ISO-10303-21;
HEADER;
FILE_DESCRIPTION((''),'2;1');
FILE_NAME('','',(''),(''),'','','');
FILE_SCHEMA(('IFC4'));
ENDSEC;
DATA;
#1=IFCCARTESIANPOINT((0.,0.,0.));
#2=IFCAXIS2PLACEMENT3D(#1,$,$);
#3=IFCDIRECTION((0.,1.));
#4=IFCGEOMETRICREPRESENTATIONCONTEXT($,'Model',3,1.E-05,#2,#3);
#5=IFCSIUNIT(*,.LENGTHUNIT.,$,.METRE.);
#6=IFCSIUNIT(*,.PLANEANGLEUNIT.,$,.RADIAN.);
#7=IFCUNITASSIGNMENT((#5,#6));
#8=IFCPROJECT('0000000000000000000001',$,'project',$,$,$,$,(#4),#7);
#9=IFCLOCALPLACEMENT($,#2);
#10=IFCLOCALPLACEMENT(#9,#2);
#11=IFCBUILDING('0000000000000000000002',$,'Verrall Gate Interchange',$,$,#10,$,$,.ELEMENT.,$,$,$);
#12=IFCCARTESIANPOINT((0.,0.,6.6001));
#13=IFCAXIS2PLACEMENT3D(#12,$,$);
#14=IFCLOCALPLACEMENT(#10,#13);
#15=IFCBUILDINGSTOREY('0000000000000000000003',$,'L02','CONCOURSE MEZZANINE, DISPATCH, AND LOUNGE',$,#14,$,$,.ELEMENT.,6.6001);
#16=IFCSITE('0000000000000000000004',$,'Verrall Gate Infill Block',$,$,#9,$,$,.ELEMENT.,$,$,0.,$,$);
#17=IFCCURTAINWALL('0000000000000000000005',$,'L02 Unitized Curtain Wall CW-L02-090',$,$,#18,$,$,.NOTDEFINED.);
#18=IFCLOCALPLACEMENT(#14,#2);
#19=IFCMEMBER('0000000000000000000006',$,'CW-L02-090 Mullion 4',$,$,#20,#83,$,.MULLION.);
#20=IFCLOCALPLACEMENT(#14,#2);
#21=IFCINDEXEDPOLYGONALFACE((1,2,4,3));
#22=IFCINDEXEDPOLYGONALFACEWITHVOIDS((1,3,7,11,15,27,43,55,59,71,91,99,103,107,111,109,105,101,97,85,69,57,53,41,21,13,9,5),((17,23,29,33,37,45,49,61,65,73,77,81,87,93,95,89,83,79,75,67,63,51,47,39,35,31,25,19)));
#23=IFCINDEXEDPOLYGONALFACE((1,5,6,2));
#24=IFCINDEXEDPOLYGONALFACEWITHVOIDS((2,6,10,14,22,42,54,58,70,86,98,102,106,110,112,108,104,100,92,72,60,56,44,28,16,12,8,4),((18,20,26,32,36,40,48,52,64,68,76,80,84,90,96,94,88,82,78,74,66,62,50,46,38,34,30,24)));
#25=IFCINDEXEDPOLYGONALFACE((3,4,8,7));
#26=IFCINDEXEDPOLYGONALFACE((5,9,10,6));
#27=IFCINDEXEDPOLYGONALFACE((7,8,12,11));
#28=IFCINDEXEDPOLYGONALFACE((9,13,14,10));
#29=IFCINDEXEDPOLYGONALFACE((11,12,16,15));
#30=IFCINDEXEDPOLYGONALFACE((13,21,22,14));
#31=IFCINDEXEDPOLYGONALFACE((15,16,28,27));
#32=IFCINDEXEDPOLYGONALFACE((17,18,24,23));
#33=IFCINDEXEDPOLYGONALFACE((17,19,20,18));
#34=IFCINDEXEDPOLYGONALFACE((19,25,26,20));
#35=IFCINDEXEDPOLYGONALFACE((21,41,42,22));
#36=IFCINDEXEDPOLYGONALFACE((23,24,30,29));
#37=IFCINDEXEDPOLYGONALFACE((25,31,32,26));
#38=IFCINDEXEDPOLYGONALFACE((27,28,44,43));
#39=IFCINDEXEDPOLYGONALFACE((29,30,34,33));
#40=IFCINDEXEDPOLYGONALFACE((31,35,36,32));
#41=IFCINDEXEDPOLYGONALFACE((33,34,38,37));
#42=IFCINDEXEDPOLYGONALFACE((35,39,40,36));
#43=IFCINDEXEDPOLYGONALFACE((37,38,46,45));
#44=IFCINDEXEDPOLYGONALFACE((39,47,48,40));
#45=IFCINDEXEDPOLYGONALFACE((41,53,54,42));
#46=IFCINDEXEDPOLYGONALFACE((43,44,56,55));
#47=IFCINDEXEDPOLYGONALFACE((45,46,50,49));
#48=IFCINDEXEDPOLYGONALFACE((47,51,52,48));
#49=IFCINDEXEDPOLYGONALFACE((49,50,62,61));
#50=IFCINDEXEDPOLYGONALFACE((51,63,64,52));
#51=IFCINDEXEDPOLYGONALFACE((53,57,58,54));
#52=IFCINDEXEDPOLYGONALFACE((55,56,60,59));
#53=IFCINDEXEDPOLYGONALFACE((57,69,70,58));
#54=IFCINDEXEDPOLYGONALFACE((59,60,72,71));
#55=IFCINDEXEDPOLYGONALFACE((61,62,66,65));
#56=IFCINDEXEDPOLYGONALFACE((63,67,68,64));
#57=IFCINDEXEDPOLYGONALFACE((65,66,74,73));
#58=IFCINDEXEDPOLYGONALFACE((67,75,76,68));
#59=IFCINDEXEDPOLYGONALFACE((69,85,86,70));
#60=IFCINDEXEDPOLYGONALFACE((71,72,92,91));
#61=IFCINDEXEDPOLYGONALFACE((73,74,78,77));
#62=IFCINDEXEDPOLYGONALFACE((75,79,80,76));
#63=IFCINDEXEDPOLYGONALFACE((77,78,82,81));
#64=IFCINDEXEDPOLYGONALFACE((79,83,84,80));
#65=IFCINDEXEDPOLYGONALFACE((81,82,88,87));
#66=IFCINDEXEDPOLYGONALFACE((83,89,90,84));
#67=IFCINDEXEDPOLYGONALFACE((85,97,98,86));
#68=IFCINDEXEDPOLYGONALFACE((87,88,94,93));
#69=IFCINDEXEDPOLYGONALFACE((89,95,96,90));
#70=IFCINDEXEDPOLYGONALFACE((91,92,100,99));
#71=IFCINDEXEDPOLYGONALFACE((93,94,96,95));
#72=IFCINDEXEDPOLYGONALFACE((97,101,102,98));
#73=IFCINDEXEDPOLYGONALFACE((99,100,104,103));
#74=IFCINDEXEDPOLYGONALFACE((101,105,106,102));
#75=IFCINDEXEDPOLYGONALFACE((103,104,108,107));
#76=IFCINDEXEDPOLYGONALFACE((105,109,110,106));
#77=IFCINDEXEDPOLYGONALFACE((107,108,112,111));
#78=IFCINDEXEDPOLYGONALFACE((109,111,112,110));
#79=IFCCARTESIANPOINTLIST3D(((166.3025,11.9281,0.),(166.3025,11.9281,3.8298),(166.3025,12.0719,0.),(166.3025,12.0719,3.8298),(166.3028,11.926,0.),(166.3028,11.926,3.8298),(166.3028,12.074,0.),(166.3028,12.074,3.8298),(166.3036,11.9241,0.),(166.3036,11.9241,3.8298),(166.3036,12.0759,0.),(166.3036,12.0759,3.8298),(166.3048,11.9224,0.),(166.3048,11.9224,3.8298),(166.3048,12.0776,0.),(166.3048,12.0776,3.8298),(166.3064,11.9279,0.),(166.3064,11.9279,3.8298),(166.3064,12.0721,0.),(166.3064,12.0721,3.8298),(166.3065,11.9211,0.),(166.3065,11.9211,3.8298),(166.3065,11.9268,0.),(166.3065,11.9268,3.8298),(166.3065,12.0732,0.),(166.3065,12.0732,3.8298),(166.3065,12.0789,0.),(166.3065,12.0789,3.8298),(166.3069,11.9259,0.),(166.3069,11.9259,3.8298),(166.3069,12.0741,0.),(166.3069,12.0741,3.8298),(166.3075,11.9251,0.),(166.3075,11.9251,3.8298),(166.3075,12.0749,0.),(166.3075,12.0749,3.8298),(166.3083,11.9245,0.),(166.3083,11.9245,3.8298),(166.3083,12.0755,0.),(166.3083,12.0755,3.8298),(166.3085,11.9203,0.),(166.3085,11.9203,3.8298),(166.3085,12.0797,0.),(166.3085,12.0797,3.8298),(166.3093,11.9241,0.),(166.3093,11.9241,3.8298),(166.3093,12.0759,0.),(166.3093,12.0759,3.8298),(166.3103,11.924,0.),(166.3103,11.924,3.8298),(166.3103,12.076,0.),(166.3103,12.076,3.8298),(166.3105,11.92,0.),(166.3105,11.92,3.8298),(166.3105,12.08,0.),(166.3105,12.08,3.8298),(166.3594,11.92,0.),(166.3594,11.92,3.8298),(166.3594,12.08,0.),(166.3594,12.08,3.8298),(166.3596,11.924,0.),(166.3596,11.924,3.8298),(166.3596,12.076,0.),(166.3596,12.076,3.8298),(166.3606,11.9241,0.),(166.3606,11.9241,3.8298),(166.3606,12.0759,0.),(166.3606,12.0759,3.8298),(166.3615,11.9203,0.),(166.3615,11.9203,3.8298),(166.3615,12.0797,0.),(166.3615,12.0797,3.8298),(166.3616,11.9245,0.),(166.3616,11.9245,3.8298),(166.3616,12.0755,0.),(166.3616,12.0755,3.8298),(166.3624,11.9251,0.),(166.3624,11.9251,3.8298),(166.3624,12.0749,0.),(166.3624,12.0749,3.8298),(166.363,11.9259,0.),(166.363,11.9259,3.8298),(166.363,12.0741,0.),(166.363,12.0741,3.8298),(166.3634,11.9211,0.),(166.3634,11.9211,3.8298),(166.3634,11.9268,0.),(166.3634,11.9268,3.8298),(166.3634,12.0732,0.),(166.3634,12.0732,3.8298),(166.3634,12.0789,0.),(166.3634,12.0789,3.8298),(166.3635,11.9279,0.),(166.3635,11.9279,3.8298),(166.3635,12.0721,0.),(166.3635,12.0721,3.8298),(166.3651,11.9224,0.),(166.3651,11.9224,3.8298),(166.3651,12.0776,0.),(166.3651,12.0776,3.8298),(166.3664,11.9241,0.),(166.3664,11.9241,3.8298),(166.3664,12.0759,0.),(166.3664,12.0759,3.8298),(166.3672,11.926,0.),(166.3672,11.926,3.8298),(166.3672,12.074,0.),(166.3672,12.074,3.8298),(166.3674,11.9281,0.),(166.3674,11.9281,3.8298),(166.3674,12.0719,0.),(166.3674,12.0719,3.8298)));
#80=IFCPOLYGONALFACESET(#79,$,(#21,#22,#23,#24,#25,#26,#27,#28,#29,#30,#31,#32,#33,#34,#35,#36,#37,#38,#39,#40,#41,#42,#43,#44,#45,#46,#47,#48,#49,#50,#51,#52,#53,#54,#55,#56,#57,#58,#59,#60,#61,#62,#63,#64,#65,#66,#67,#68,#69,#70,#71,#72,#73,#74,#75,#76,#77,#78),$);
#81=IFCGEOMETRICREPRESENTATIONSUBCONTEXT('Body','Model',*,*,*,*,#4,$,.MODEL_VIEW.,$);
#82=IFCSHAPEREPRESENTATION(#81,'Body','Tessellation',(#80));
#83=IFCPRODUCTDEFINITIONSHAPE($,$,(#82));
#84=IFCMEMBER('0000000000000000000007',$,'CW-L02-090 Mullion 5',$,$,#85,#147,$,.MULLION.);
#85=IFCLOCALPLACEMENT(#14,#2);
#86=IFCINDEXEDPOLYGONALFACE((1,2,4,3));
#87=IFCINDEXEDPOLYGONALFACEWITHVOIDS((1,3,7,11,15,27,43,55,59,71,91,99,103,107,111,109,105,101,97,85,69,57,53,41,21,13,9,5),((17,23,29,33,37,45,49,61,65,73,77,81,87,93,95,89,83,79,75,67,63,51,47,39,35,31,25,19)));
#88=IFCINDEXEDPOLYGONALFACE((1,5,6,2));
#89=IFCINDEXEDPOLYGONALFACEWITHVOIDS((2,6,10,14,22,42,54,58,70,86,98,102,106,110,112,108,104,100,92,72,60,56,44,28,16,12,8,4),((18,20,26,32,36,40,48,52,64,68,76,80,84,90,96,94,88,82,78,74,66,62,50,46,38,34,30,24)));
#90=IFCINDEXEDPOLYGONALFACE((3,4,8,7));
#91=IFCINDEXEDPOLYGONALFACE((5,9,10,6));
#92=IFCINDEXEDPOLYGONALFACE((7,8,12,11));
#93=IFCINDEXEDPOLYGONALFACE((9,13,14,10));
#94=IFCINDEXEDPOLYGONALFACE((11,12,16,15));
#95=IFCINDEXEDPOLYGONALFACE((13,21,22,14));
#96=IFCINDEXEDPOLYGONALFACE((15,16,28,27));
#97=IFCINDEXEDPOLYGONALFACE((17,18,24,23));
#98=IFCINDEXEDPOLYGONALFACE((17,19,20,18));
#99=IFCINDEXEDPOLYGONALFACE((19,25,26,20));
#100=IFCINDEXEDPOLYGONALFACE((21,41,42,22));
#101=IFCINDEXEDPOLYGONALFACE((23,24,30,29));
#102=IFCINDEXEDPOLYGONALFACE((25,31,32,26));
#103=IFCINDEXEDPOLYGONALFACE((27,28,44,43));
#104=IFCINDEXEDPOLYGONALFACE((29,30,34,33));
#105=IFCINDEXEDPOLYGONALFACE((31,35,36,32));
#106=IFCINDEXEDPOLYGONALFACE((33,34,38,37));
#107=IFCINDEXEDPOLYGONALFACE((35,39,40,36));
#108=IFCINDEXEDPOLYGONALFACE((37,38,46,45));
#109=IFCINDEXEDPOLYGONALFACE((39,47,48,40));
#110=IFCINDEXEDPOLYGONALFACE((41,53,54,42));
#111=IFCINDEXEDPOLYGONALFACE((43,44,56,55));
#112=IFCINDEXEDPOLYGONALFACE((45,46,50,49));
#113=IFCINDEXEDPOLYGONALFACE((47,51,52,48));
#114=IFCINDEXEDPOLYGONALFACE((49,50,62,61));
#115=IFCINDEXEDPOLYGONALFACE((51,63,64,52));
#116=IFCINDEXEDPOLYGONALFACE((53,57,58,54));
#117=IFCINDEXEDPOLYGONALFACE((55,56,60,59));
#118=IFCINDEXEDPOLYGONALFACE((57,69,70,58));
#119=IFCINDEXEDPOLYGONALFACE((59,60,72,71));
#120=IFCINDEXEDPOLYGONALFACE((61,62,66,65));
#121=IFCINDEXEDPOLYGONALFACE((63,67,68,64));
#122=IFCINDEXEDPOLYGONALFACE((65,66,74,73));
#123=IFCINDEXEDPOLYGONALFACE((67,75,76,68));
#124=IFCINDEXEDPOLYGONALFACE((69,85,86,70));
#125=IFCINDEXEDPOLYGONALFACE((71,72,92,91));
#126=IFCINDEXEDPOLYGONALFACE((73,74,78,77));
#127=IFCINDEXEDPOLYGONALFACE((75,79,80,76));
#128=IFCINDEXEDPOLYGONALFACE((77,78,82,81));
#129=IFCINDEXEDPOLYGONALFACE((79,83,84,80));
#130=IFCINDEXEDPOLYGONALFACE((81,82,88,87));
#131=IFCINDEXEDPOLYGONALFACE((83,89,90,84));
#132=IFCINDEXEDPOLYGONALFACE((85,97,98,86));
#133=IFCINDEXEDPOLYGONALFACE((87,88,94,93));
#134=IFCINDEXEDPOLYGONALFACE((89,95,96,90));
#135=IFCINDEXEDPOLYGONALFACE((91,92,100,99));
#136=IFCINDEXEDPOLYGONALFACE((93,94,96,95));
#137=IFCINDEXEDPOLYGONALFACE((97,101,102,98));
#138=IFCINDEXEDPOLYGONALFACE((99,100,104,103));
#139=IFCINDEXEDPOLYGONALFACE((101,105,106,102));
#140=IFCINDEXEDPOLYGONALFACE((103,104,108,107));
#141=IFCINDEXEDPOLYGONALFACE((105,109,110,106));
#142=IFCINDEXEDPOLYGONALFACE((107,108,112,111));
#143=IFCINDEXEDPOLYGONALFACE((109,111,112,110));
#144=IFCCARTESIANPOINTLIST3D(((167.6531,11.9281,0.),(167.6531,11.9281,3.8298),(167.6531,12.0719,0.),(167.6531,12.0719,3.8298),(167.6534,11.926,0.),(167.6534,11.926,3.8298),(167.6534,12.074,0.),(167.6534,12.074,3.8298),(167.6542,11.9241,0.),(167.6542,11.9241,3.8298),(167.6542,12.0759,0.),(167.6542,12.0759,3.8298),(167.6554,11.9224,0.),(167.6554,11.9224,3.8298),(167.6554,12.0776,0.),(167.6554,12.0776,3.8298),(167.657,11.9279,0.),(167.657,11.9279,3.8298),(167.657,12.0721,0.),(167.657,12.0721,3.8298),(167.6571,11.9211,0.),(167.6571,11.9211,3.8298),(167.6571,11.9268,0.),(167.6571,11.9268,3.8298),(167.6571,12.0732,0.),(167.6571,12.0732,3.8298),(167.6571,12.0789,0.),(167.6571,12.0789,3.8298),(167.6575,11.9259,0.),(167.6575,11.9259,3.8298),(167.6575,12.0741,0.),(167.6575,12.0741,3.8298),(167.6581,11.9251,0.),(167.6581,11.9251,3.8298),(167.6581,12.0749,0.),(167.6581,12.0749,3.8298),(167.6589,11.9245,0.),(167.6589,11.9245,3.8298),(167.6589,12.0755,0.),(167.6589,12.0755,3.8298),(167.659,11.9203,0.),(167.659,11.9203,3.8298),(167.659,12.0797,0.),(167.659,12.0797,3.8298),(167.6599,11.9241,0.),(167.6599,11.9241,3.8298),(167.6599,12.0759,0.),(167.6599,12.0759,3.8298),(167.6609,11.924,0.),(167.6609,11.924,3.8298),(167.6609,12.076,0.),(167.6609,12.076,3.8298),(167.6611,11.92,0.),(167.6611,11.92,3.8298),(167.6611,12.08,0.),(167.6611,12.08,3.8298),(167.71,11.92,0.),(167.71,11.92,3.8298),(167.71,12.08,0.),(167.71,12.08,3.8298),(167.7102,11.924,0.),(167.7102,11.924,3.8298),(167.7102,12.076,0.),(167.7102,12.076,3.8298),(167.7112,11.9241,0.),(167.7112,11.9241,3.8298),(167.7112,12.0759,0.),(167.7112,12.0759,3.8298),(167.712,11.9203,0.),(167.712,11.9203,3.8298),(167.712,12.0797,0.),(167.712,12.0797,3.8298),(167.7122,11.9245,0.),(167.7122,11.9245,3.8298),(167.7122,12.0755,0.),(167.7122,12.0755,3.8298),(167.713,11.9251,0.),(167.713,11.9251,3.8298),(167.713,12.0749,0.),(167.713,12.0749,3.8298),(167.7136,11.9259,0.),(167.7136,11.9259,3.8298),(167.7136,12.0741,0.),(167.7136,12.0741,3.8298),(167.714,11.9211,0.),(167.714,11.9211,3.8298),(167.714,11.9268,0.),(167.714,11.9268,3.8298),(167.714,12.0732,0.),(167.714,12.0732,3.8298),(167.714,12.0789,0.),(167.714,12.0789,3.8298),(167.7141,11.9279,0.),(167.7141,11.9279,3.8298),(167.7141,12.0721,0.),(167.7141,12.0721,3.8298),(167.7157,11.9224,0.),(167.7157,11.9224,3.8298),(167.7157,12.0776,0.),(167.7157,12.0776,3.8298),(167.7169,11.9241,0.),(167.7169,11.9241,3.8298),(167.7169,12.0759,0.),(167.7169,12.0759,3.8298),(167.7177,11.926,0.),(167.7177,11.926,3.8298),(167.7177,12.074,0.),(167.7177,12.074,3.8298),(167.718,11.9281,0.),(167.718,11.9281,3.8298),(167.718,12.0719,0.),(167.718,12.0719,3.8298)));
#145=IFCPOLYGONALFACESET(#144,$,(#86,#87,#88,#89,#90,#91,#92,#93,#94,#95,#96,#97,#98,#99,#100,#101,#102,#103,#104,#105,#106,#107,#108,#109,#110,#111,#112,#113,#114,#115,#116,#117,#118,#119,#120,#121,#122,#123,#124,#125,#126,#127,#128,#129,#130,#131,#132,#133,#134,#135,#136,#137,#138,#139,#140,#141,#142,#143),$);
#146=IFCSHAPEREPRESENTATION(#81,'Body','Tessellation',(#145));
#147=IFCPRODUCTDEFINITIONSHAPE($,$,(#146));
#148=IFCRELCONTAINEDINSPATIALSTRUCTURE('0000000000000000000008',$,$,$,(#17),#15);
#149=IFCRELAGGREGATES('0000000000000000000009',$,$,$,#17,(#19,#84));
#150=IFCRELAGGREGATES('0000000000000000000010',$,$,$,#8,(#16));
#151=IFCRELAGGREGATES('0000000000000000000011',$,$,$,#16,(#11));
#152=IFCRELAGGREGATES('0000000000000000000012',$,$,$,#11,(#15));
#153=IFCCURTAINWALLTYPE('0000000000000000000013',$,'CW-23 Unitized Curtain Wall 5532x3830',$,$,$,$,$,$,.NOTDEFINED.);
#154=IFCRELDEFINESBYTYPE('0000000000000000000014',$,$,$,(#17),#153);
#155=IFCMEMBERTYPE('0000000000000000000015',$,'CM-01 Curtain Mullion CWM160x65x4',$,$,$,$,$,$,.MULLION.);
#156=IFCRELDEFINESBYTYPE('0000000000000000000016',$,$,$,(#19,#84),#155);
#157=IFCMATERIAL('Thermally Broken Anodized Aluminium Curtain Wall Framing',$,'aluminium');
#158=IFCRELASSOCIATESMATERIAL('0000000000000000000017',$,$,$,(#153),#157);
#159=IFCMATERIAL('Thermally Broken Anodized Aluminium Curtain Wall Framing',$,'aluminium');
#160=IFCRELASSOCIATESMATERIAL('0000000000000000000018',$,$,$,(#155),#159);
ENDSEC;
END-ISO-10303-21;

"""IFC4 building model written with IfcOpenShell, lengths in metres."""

from ifc_helpers import new_model, si_unit, direction, frame, origin, origin_2d, place, context, subcontext, project, spatial, hollow_rectangle, extrude, material, material_profile, profile_set, type_object, element, aggregate, save


model = new_model("IFC4")

# Units and contexts
model_context = context("Model", 3, precision=1e-05, world=origin(), true_north=direction((0.0, 1.0)))
body_context = subcontext(model_context, "Body", "Model", "MODEL_VIEW")
ifc_project = project(units=[si_unit("LENGTHUNIT", "METRE"), si_unit("PLANEANGLEUNIT", "RADIAN")], contexts=[model_context])

# Site, building, storey
site_placement = place(None, origin())
site = spatial("IfcSite", under=ifc_project, at=site_placement, Name="Verrall Gate Infill Block", CompositionType="ELEMENT", RefElevation=0.0)
building_placement = place(site_placement, origin())
building = spatial("IfcBuilding", under=site, at=building_placement, Name="Verrall Gate Interchange", CompositionType="ELEMENT")
storey_placement = place(building_placement, frame((0.0, 0.0, 6.6001)))
storey = spatial("IfcBuildingStorey", under=building, at=storey_placement, Name="L02", Description="CONCOURSE MEZZANINE, DISPATCH, AND LOUNGE", CompositionType="ELEMENT", Elevation=6.6001)

# Curtain wall, members
ifc_material_1 = material(Name="Thermally Broken Anodized Aluminium Curtain Wall Framing", Category="aluminium")
curtain_wall_type_1 = type_object("IfcCurtainWallType", Name="CW-23 Unitized Curtain Wall 5532x3830", PredefinedType="NOTDEFINED", material=ifc_material_1)
curtain_wall_1_placement = place(storey_placement, origin())
curtain_wall_1 = element("IfcCurtainWall", 1, at=curtain_wall_1_placement, inside=storey, type_object=curtain_wall_type_1, Name="L02 Unitized Curtain Wall CW-L02-090", PredefinedType="NOTDEFINED")
ifc_material_2 = material(Name="Thermally Broken Anodized Aluminium Curtain Wall Framing", Category="aluminium")
ifc_material_profile_1 = material_profile(ifc_material_2, hollow_rectangle(XDim=0.0649, YDim=0.1599, WallThickness=0.0039, InnerFilletRadius=0.0039, OuterFilletRadius=0.0081, at=origin_2d()), Name="CWM160x65x4")
ifc_profile_set_1 = profile_set([ifc_material_profile_1], Name="Thermally Broken Anodized Aluminium Curtain Wall Framing")
member_type_1 = type_object("IfcMemberType", Name="CM-01 Curtain Mullion CWM160x65x4", PredefinedType="MULLION", material=ifc_profile_set_1)
member_1_placement = place(storey_placement, frame((166.335, 12.0, 0.0), z_axis=(0.0, 0.0, 1.0), x_axis=(1.0, 0.0, 0.0)))
member_1 = element("IfcMember", 2, at=member_1_placement, type_object=member_type_1, Name="CW-L02-090 Mullion 4", PredefinedType="MULLION", context=body_context, shape_type="SweptSolid", body=[
    extrude(hollow_rectangle(XDim=0.0649, YDim=0.1599, WallThickness=0.0039, InnerFilletRadius=0.0039, OuterFilletRadius=0.0081, at=origin_2d()), origin(), (0.0, 0.0, 1.0), 3.8298),
])
member_2_placement = place(storey_placement, frame((167.6855, 12.0, 0.0), z_axis=(0.0, 0.0, 1.0), x_axis=(1.0, 0.0, 0.0)))
member_2 = element("IfcMember", 3, at=member_2_placement, type_object=member_type_1, Name="CW-L02-090 Mullion 5", PredefinedType="MULLION", context=body_context, shape_type="SweptSolid", body=[
    extrude(hollow_rectangle(XDim=0.0649, YDim=0.1599, WallThickness=0.0039, InnerFilletRadius=0.0039, OuterFilletRadius=0.0081, at=origin_2d()), origin(), (0.0, 0.0, 1.0), 3.8298),
])

aggregate(curtain_wall_1, [member_1, member_2])

save(model, "model.ifc")
